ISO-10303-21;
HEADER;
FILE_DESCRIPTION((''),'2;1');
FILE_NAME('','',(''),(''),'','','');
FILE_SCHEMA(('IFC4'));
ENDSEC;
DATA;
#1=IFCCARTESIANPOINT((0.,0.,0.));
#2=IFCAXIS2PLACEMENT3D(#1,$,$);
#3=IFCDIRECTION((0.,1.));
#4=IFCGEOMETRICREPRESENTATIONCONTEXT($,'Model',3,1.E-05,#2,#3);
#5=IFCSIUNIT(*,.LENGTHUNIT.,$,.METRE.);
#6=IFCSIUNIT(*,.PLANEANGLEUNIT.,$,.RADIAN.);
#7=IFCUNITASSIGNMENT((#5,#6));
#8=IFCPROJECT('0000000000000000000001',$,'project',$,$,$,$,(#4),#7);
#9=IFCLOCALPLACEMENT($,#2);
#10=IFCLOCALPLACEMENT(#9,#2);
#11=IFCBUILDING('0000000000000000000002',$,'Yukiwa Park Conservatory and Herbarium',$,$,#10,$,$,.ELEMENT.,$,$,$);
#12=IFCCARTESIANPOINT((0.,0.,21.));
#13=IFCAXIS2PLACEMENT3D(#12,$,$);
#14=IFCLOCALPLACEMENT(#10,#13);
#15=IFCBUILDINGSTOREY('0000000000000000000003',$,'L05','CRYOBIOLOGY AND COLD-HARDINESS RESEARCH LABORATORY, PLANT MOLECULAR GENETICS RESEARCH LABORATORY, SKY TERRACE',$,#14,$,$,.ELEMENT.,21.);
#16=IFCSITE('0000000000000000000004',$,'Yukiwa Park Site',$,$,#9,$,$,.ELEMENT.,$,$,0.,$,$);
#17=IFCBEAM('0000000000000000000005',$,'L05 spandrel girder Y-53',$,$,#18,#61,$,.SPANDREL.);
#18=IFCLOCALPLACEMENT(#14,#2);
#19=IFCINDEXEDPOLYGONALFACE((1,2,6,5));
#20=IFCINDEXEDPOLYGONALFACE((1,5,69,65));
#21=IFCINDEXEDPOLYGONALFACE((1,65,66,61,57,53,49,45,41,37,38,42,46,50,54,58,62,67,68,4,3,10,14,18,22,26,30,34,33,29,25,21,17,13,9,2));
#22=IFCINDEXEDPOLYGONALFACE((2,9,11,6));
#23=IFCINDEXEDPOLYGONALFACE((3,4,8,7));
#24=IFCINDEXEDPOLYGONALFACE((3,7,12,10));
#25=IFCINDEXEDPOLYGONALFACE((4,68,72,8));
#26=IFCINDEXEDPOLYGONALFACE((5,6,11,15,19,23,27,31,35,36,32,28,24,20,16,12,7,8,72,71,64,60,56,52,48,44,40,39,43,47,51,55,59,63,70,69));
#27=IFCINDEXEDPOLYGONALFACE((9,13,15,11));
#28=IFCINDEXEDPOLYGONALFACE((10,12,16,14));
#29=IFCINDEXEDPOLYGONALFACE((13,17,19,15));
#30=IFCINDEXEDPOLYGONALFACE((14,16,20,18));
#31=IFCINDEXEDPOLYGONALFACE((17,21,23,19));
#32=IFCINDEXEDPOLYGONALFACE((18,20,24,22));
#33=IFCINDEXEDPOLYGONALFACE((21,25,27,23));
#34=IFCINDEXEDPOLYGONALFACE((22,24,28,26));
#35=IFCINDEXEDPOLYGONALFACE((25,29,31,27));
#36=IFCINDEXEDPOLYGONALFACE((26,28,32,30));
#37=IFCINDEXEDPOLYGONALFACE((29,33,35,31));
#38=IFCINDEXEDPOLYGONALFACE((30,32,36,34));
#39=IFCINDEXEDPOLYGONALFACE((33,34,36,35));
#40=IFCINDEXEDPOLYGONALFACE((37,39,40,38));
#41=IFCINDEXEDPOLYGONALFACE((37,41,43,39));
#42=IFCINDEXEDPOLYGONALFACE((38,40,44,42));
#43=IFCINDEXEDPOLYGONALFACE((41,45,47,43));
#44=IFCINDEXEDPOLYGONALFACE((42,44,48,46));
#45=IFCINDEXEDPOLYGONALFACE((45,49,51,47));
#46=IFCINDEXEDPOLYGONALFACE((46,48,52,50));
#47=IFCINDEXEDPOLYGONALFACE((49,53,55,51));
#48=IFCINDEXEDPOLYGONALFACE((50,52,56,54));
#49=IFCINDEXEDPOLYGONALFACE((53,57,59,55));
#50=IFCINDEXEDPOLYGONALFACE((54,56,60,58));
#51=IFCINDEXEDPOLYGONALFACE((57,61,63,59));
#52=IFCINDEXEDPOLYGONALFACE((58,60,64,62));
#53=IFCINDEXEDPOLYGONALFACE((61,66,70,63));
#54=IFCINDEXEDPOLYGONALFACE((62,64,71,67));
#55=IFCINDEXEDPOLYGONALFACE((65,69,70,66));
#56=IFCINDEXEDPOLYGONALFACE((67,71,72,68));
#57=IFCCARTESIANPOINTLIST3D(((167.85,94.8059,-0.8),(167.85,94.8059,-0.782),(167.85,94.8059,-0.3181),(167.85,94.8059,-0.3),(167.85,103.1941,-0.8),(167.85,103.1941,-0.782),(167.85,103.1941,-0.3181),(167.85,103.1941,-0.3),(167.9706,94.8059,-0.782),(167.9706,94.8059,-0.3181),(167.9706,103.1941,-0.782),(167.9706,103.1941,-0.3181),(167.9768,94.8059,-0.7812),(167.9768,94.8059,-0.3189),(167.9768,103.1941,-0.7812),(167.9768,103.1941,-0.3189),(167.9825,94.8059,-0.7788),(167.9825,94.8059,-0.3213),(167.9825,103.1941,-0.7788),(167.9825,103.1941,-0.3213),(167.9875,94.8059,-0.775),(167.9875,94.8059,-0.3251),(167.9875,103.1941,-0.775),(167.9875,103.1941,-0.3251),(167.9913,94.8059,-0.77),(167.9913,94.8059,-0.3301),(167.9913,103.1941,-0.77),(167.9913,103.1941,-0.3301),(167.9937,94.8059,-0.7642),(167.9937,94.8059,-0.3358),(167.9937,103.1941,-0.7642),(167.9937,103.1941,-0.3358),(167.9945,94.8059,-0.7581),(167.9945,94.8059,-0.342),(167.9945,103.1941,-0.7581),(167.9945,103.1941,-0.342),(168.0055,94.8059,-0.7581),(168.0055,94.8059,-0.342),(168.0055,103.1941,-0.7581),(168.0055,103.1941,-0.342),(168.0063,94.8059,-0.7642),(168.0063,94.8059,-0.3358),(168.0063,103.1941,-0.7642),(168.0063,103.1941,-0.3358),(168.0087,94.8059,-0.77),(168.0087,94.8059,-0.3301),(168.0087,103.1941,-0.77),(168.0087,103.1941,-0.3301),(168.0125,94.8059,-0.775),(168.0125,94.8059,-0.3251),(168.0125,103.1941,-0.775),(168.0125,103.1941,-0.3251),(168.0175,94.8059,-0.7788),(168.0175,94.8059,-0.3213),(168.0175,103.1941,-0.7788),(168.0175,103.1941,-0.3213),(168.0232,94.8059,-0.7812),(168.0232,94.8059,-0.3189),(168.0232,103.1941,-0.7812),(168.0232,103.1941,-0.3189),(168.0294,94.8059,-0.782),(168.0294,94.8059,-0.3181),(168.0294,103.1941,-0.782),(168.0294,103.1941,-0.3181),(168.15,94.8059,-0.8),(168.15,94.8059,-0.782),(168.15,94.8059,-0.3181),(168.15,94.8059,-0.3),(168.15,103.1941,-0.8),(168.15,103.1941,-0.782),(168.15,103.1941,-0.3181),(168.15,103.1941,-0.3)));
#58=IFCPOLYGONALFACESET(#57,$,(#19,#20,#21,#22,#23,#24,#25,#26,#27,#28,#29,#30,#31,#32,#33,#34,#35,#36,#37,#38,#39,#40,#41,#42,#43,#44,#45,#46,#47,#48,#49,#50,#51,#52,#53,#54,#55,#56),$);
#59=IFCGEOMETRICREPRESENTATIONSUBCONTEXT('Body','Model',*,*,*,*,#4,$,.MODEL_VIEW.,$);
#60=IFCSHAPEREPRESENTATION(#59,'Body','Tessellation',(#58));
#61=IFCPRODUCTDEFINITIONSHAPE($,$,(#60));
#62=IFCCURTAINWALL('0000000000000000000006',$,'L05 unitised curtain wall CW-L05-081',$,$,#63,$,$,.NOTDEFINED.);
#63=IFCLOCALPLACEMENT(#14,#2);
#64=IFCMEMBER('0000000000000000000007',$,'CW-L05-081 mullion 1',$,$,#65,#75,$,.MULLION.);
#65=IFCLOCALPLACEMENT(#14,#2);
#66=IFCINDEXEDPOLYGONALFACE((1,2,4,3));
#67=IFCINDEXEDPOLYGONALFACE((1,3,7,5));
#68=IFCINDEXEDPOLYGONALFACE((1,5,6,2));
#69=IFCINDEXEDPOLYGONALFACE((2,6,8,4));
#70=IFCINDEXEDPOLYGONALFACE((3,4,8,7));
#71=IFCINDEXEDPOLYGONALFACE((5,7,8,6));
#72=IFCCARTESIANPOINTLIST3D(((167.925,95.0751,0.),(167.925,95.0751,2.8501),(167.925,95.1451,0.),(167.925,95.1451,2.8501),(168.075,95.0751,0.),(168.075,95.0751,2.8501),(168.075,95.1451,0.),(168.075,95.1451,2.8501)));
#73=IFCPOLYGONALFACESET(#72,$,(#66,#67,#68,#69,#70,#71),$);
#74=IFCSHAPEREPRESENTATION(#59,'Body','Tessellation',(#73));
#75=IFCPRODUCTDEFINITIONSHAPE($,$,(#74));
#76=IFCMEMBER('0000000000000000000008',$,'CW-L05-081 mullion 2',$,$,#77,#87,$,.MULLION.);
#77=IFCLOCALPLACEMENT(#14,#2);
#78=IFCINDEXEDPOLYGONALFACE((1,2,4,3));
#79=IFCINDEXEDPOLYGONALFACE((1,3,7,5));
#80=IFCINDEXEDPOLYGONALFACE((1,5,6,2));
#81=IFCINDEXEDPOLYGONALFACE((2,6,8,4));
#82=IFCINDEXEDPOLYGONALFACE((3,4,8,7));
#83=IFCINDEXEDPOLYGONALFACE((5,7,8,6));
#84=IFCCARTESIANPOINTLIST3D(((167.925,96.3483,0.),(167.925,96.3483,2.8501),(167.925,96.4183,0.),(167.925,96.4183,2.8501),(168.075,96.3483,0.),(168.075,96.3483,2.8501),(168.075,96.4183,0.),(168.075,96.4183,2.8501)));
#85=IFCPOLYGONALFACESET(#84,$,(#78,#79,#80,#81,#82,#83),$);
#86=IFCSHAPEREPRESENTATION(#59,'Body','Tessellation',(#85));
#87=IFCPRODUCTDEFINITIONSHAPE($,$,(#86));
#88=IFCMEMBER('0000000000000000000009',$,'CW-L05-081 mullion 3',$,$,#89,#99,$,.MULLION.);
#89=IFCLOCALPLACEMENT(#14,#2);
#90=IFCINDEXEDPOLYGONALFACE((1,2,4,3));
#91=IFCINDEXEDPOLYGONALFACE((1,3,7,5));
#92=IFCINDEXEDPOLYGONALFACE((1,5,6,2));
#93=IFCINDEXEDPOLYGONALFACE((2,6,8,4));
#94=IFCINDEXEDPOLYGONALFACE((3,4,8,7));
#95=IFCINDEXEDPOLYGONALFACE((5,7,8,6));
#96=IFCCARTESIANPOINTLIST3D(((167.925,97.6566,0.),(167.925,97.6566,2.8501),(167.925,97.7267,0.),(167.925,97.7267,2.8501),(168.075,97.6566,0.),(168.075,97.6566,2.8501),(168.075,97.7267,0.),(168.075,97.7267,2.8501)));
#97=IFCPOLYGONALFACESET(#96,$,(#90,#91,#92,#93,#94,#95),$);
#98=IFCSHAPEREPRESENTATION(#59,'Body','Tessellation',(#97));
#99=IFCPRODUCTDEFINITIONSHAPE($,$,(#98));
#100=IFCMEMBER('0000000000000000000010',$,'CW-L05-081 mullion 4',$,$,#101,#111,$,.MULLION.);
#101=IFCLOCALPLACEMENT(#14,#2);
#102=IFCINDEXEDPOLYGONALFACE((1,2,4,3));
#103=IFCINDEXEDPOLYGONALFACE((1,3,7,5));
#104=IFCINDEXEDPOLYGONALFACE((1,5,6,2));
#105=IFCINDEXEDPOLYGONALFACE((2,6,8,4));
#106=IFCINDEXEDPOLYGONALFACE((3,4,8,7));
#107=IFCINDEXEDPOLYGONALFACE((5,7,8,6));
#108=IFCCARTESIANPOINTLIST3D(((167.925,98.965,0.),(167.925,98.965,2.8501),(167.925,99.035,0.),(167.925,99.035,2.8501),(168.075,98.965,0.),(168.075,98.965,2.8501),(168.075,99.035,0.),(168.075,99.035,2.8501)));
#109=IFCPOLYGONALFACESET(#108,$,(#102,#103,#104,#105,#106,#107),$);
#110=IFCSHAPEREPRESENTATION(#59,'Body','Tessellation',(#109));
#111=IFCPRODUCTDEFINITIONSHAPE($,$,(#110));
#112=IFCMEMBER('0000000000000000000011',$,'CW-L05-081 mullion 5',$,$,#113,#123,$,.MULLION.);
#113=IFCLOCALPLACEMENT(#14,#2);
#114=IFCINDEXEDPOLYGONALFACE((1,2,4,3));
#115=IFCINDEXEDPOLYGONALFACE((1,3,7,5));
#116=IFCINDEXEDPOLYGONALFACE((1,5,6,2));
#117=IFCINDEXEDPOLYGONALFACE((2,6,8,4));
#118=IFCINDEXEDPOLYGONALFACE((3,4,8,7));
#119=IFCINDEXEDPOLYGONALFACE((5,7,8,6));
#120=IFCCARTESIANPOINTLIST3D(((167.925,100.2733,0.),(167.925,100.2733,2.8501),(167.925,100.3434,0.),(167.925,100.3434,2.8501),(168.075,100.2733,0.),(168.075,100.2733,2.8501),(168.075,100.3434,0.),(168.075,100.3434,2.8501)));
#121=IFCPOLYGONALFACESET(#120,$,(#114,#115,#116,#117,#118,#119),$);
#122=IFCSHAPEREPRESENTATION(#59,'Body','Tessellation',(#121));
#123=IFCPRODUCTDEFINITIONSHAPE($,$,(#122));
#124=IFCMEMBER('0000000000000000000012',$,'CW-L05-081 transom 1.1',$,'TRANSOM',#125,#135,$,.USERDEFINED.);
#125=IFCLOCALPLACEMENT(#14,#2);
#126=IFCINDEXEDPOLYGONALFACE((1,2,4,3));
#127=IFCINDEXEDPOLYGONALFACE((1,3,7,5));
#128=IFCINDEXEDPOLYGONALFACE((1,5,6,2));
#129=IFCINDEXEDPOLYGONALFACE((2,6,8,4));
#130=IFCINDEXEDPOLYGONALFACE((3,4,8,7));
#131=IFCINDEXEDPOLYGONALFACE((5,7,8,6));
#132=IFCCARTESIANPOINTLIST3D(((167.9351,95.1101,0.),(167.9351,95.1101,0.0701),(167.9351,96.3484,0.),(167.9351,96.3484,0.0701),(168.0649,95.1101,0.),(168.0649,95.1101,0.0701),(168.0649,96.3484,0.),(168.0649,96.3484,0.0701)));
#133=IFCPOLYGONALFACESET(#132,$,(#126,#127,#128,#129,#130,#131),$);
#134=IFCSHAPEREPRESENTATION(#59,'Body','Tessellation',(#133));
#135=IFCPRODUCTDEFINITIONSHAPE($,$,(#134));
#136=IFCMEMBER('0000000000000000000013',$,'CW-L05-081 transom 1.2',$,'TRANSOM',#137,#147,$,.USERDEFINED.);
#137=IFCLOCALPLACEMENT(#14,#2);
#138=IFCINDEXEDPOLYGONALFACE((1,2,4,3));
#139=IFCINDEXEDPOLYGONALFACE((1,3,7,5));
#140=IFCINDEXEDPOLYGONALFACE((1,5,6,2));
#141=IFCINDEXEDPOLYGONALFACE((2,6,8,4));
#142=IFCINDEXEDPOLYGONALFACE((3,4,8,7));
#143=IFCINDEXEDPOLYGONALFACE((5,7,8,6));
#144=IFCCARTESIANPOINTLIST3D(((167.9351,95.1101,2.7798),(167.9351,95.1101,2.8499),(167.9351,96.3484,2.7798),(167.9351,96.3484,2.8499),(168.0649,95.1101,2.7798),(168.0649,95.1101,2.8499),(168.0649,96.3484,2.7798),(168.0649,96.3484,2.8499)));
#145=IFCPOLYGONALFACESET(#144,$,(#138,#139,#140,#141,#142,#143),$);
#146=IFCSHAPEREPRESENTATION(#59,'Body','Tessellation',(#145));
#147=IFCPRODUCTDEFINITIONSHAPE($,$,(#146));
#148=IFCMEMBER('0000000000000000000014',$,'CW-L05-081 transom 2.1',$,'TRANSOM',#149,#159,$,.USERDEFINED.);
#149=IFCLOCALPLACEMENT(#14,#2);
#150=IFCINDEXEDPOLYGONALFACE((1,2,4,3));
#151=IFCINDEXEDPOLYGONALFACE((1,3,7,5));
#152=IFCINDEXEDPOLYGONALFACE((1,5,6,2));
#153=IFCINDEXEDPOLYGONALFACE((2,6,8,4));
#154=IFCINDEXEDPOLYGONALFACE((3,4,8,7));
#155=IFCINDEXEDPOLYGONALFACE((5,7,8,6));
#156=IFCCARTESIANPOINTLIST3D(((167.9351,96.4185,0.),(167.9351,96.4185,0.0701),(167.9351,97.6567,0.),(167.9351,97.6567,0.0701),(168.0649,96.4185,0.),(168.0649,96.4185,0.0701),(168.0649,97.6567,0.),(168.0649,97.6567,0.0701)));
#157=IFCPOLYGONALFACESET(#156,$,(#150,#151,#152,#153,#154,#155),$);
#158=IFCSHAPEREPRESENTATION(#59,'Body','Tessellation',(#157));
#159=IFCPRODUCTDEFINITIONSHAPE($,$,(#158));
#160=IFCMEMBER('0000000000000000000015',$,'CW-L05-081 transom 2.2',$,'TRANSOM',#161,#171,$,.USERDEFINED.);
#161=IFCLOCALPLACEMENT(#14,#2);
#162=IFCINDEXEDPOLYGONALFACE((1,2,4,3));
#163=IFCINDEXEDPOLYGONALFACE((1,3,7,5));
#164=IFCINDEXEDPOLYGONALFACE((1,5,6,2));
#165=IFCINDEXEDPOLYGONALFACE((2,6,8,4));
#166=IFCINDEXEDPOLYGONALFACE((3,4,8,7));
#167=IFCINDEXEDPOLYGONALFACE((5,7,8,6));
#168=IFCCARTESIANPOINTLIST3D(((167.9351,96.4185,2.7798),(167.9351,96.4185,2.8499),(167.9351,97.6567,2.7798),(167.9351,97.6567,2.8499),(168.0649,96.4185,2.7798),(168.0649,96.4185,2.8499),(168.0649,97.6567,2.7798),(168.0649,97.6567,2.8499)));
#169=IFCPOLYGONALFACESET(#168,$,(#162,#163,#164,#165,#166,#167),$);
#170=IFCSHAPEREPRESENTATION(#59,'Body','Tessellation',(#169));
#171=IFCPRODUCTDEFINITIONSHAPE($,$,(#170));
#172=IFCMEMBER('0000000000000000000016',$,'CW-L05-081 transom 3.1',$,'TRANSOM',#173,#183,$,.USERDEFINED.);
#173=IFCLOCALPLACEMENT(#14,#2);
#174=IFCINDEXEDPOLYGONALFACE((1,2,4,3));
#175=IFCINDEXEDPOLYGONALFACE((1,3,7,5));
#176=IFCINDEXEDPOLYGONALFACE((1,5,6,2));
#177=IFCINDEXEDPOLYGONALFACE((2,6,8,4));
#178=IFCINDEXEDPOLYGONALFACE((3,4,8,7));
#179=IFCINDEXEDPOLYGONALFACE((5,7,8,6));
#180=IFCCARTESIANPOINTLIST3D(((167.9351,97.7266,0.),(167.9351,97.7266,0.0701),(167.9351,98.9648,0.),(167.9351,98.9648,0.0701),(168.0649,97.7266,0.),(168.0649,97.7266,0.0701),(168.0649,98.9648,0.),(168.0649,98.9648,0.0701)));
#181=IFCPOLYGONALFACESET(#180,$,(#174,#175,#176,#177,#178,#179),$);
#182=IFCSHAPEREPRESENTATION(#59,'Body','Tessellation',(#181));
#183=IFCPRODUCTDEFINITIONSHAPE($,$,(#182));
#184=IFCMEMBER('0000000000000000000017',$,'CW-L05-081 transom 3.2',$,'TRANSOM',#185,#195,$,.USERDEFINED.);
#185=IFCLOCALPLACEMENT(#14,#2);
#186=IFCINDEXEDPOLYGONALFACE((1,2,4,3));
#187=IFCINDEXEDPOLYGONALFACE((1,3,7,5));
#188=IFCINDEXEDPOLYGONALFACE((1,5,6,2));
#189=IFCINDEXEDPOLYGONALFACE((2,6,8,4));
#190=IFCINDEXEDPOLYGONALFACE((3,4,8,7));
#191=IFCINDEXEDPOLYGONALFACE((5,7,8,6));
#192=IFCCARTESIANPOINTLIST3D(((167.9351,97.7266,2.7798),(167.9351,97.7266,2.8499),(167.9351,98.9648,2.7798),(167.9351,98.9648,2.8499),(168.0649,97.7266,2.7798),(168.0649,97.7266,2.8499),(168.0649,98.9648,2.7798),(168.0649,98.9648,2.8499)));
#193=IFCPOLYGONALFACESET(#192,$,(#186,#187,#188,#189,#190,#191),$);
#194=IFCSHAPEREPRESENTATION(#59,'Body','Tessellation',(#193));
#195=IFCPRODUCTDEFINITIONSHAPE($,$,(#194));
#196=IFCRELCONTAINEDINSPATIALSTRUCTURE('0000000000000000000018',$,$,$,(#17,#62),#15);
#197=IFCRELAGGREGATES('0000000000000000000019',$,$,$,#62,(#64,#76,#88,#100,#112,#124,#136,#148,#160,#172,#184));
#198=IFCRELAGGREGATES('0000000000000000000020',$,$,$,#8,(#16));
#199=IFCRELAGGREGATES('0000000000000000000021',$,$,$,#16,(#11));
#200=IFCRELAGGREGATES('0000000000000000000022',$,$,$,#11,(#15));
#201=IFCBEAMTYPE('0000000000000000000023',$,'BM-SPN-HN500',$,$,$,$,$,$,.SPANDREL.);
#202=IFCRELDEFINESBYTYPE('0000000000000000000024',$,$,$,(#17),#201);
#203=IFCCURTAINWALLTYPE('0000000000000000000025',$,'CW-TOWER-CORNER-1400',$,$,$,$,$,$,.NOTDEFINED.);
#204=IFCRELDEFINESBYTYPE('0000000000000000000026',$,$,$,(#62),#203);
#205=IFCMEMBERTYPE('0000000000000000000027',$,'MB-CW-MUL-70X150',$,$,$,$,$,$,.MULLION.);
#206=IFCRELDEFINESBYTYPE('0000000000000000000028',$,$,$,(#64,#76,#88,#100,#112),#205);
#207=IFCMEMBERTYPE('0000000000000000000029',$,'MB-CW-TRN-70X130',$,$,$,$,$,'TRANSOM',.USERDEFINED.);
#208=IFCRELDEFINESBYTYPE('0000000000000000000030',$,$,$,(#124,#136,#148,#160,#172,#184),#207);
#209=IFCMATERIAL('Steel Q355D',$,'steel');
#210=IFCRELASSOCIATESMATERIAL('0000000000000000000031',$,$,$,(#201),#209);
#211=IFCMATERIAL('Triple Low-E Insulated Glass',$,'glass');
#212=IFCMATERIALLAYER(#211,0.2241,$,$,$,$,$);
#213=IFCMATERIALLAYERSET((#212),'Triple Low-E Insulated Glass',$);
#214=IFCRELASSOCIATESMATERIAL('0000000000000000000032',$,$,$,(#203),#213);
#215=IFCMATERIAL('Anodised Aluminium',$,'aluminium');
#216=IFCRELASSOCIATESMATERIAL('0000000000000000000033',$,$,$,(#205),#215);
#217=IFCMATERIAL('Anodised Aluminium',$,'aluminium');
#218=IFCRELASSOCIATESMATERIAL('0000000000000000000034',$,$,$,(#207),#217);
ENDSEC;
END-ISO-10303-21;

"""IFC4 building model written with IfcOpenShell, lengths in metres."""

from ifc_helpers import new_model, si_unit, direction, frame, origin, origin_2d, place, context, subcontext, project, spatial, rectangle, i_section, extrude, material, layer, layer_set, material_profile, profile_set, type_object, element, aggregate, save


model = new_model("IFC4")

# Units and contexts
model_context = context("Model", 3, precision=1e-05, world=origin(), true_north=direction((0.0, 1.0)))
body_context = subcontext(model_context, "Body", "Model", "MODEL_VIEW")
ifc_project = project(units=[si_unit("LENGTHUNIT", "METRE"), si_unit("PLANEANGLEUNIT", "RADIAN")], contexts=[model_context])

# Site, building, storey
site_placement = place(None, origin())
site = spatial("IfcSite", under=ifc_project, at=site_placement, Name="Yukiwa Park Site", CompositionType="ELEMENT", RefElevation=0.0)
building_placement = place(site_placement, origin())
building = spatial("IfcBuilding", under=site, at=building_placement, Name="Yukiwa Park Conservatory and Herbarium", CompositionType="ELEMENT")
storey_placement = place(building_placement, frame((0.0, 0.0, 21.0)))
storey = spatial("IfcBuildingStorey", under=building, at=storey_placement, Name="L05", Description="CRYOBIOLOGY AND COLD-HARDINESS RESEARCH LABORATORY, PLANT MOLECULAR GENETICS RESEARCH LABORATORY, SKY TERRACE", CompositionType="ELEMENT", Elevation=21.0)

# Beam
ifc_material_1 = material(Name="Steel Q355D", Category="steel")
ifc_material_profile_1 = material_profile(ifc_material_1, i_section(OverallWidth=0.3, OverallDepth=0.5, WebThickness=0.011, FlangeThickness=0.0181, FilletRadius=0.0239, at=origin_2d()), Name="HM 500x300x11x18")
ifc_profile_set_1 = profile_set([ifc_material_profile_1], Name="Steel Q355D")
beam_type_1 = type_object("IfcBeamType", Name="BM-SPN-HN500", PredefinedType="SPANDREL", material=ifc_profile_set_1)
beam_placement = place(storey_placement, frame((168.0, 94.8059, -0.55), z_axis=(0.0, 1.0, 0.0), x_axis=(-1.0, 0.0, 0.0)))
element("IfcBeam", 1, at=beam_placement, inside=storey, type_object=beam_type_1, Name="L05 spandrel girder Y-53", PredefinedType="SPANDREL", context=body_context, shape_type="SweptSolid", body=[
    extrude(i_section(OverallWidth=0.3, OverallDepth=0.5, WebThickness=0.011, FlangeThickness=0.0181, FilletRadius=0.0239, at=origin_2d()), origin(), (0.0, 0.0, 1.0), 8.3882),
])

# Curtain wall, members
ifc_material_2 = material(Name="Triple Low-E Insulated Glass", Category="glass")
ifc_layer_1 = layer(ifc_material_2, 0.2241)
ifc_layer_set_1 = layer_set([ifc_layer_1], Name="Triple Low-E Insulated Glass")
curtain_wall_type = type_object("IfcCurtainWallType", Name="CW-TOWER-CORNER-1400", PredefinedType="NOTDEFINED", material=ifc_layer_set_1)
curtain_wall_placement = place(storey_placement, origin())
curtain_wall = element("IfcCurtainWall", 2, at=curtain_wall_placement, inside=storey, type_object=curtain_wall_type, Name="L05 unitised curtain wall CW-L05-081", PredefinedType="NOTDEFINED")
ifc_material_3 = material(Name="Anodised Aluminium", Category="aluminium")
member_type_1 = type_object("IfcMemberType", Name="MB-CW-MUL-70X150", PredefinedType="MULLION", material=ifc_material_3)
member_1_placement = place(storey_placement, frame((168.0, 95.1101, 0.0), z_axis=(0.0, 0.0, 1.0), x_axis=(0.0, 1.0, 0.0)))
member_1 = element("IfcMember", 3, at=member_1_placement, type_object=member_type_1, Name="CW-L05-081 mullion 1", PredefinedType="MULLION", context=body_context, shape_type="SweptSolid", body=[
    extrude(rectangle(XDim=0.0701, YDim=0.1499, at=origin_2d()), origin(), (0.0, 0.0, 1.0), 2.8501),
])
member_2_placement = place(storey_placement, frame((168.0, 96.3833, 0.0), z_axis=(0.0, 0.0, 1.0), x_axis=(0.0, 1.0, 0.0)))
member_2 = element("IfcMember", 4, at=member_2_placement, type_object=member_type_1, Name="CW-L05-081 mullion 2", PredefinedType="MULLION", context=body_context, shape_type="SweptSolid", body=[
    extrude(rectangle(XDim=0.0701, YDim=0.1499, at=origin_2d()), origin(), (0.0, 0.0, 1.0), 2.8501),
])
member_3_placement = place(storey_placement, frame((168.0, 97.6917, 0.0), z_axis=(0.0, 0.0, 1.0), x_axis=(0.0, 1.0, 0.0)))
member_3 = element("IfcMember", 5, at=member_3_placement, type_object=member_type_1, Name="CW-L05-081 mullion 3", PredefinedType="MULLION", context=body_context, shape_type="SweptSolid", body=[
    extrude(rectangle(XDim=0.0701, YDim=0.1499, at=origin_2d()), origin(), (0.0, 0.0, 1.0), 2.8501),
])
member_4_placement = place(storey_placement, frame((168.0, 99.0, 0.0), z_axis=(0.0, 0.0, 1.0), x_axis=(0.0, 1.0, 0.0)))
member_4 = element("IfcMember", 6, at=member_4_placement, type_object=member_type_1, Name="CW-L05-081 mullion 4", PredefinedType="MULLION", context=body_context, shape_type="SweptSolid", body=[
    extrude(rectangle(XDim=0.0701, YDim=0.1499, at=origin_2d()), origin(), (0.0, 0.0, 1.0), 2.8501),
])
member_5_placement = place(storey_placement, frame((168.0, 100.3083, 0.0), z_axis=(0.0, 0.0, 1.0), x_axis=(0.0, 1.0, 0.0)))
member_5 = element("IfcMember", 7, at=member_5_placement, type_object=member_type_1, Name="CW-L05-081 mullion 5", PredefinedType="MULLION", context=body_context, shape_type="SweptSolid", body=[
    extrude(rectangle(XDim=0.0701, YDim=0.1499, at=origin_2d()), origin(), (0.0, 0.0, 1.0), 2.8501),
])
ifc_material_4 = material(Name="Anodised Aluminium", Category="aluminium")
member_type_2 = type_object("IfcMemberType", Name="MB-CW-TRN-70X130", ElementType="TRANSOM", PredefinedType="USERDEFINED", material=ifc_material_4)
member_6_placement = place(storey_placement, frame((168.0, 95.7292, 0.0), z_axis=(0.0, 0.0, 1.0), x_axis=(0.0, 1.0, 0.0)))
member_6 = element("IfcMember", 8, at=member_6_placement, type_object=member_type_2, Name="CW-L05-081 transom 1.1", ObjectType="TRANSOM", PredefinedType="USERDEFINED", context=body_context, shape_type="SweptSolid", body=[
    extrude(rectangle(XDim=1.2383, YDim=0.1299, at=origin_2d()), origin(), (0.0, 0.0, 1.0), 0.0701),
])
member_7_placement = place(storey_placement, frame((168.0, 95.7292, 2.7798), z_axis=(0.0, 0.0, 1.0), x_axis=(0.0, 1.0, 0.0)))
member_7 = element("IfcMember", 9, at=member_7_placement, type_object=member_type_2, Name="CW-L05-081 transom 1.2", ObjectType="TRANSOM", PredefinedType="USERDEFINED", context=body_context, shape_type="SweptSolid", body=[
    extrude(rectangle(XDim=1.2383, YDim=0.1299, at=origin_2d()), origin(), (0.0, 0.0, 1.0), 0.0701),
])
member_8_placement = place(storey_placement, frame((168.0, 97.0376, 0.0), z_axis=(0.0, 0.0, 1.0), x_axis=(0.0, 1.0, 0.0)))
member_8 = element("IfcMember", 10, at=member_8_placement, type_object=member_type_2, Name="CW-L05-081 transom 2.1", ObjectType="TRANSOM", PredefinedType="USERDEFINED", context=body_context, shape_type="SweptSolid", body=[
    extrude(rectangle(XDim=1.2383, YDim=0.1299, at=origin_2d()), origin(), (0.0, 0.0, 1.0), 0.0701),
])
member_9_placement = place(storey_placement, frame((168.0, 97.0376, 2.7798), z_axis=(0.0, 0.0, 1.0), x_axis=(0.0, 1.0, 0.0)))
member_9 = element("IfcMember", 11, at=member_9_placement, type_object=member_type_2, Name="CW-L05-081 transom 2.2", ObjectType="TRANSOM", PredefinedType="USERDEFINED", context=body_context, shape_type="SweptSolid", body=[
    extrude(rectangle(XDim=1.2383, YDim=0.1299, at=origin_2d()), origin(), (0.0, 0.0, 1.0), 0.0701),
])
member_10_placement = place(storey_placement, frame((168.0, 98.3457, 0.0), z_axis=(0.0, 0.0, 1.0), x_axis=(0.0, 1.0, 0.0)))
member_10 = element("IfcMember", 12, at=member_10_placement, type_object=member_type_2, Name="CW-L05-081 transom 3.1", ObjectType="TRANSOM", PredefinedType="USERDEFINED", context=body_context, shape_type="SweptSolid", body=[
    extrude(rectangle(XDim=1.2383, YDim=0.1299, at=origin_2d()), origin(), (0.0, 0.0, 1.0), 0.0701),
])
member_11_placement = place(storey_placement, frame((168.0, 98.3457, 2.7798), z_axis=(0.0, 0.0, 1.0), x_axis=(0.0, 1.0, 0.0)))
member_11 = element("IfcMember", 13, at=member_11_placement, type_object=member_type_2, Name="CW-L05-081 transom 3.2", ObjectType="TRANSOM", PredefinedType="USERDEFINED", context=body_context, shape_type="SweptSolid", body=[
    extrude(rectangle(XDim=1.2383, YDim=0.1299, at=origin_2d()), origin(), (0.0, 0.0, 1.0), 0.0701),
])
aggregate(curtain_wall, [member_1, member_2, member_3, member_4, member_5, member_6, member_7, member_8, member_9, member_10, member_11])

save(model, "model.ifc")
